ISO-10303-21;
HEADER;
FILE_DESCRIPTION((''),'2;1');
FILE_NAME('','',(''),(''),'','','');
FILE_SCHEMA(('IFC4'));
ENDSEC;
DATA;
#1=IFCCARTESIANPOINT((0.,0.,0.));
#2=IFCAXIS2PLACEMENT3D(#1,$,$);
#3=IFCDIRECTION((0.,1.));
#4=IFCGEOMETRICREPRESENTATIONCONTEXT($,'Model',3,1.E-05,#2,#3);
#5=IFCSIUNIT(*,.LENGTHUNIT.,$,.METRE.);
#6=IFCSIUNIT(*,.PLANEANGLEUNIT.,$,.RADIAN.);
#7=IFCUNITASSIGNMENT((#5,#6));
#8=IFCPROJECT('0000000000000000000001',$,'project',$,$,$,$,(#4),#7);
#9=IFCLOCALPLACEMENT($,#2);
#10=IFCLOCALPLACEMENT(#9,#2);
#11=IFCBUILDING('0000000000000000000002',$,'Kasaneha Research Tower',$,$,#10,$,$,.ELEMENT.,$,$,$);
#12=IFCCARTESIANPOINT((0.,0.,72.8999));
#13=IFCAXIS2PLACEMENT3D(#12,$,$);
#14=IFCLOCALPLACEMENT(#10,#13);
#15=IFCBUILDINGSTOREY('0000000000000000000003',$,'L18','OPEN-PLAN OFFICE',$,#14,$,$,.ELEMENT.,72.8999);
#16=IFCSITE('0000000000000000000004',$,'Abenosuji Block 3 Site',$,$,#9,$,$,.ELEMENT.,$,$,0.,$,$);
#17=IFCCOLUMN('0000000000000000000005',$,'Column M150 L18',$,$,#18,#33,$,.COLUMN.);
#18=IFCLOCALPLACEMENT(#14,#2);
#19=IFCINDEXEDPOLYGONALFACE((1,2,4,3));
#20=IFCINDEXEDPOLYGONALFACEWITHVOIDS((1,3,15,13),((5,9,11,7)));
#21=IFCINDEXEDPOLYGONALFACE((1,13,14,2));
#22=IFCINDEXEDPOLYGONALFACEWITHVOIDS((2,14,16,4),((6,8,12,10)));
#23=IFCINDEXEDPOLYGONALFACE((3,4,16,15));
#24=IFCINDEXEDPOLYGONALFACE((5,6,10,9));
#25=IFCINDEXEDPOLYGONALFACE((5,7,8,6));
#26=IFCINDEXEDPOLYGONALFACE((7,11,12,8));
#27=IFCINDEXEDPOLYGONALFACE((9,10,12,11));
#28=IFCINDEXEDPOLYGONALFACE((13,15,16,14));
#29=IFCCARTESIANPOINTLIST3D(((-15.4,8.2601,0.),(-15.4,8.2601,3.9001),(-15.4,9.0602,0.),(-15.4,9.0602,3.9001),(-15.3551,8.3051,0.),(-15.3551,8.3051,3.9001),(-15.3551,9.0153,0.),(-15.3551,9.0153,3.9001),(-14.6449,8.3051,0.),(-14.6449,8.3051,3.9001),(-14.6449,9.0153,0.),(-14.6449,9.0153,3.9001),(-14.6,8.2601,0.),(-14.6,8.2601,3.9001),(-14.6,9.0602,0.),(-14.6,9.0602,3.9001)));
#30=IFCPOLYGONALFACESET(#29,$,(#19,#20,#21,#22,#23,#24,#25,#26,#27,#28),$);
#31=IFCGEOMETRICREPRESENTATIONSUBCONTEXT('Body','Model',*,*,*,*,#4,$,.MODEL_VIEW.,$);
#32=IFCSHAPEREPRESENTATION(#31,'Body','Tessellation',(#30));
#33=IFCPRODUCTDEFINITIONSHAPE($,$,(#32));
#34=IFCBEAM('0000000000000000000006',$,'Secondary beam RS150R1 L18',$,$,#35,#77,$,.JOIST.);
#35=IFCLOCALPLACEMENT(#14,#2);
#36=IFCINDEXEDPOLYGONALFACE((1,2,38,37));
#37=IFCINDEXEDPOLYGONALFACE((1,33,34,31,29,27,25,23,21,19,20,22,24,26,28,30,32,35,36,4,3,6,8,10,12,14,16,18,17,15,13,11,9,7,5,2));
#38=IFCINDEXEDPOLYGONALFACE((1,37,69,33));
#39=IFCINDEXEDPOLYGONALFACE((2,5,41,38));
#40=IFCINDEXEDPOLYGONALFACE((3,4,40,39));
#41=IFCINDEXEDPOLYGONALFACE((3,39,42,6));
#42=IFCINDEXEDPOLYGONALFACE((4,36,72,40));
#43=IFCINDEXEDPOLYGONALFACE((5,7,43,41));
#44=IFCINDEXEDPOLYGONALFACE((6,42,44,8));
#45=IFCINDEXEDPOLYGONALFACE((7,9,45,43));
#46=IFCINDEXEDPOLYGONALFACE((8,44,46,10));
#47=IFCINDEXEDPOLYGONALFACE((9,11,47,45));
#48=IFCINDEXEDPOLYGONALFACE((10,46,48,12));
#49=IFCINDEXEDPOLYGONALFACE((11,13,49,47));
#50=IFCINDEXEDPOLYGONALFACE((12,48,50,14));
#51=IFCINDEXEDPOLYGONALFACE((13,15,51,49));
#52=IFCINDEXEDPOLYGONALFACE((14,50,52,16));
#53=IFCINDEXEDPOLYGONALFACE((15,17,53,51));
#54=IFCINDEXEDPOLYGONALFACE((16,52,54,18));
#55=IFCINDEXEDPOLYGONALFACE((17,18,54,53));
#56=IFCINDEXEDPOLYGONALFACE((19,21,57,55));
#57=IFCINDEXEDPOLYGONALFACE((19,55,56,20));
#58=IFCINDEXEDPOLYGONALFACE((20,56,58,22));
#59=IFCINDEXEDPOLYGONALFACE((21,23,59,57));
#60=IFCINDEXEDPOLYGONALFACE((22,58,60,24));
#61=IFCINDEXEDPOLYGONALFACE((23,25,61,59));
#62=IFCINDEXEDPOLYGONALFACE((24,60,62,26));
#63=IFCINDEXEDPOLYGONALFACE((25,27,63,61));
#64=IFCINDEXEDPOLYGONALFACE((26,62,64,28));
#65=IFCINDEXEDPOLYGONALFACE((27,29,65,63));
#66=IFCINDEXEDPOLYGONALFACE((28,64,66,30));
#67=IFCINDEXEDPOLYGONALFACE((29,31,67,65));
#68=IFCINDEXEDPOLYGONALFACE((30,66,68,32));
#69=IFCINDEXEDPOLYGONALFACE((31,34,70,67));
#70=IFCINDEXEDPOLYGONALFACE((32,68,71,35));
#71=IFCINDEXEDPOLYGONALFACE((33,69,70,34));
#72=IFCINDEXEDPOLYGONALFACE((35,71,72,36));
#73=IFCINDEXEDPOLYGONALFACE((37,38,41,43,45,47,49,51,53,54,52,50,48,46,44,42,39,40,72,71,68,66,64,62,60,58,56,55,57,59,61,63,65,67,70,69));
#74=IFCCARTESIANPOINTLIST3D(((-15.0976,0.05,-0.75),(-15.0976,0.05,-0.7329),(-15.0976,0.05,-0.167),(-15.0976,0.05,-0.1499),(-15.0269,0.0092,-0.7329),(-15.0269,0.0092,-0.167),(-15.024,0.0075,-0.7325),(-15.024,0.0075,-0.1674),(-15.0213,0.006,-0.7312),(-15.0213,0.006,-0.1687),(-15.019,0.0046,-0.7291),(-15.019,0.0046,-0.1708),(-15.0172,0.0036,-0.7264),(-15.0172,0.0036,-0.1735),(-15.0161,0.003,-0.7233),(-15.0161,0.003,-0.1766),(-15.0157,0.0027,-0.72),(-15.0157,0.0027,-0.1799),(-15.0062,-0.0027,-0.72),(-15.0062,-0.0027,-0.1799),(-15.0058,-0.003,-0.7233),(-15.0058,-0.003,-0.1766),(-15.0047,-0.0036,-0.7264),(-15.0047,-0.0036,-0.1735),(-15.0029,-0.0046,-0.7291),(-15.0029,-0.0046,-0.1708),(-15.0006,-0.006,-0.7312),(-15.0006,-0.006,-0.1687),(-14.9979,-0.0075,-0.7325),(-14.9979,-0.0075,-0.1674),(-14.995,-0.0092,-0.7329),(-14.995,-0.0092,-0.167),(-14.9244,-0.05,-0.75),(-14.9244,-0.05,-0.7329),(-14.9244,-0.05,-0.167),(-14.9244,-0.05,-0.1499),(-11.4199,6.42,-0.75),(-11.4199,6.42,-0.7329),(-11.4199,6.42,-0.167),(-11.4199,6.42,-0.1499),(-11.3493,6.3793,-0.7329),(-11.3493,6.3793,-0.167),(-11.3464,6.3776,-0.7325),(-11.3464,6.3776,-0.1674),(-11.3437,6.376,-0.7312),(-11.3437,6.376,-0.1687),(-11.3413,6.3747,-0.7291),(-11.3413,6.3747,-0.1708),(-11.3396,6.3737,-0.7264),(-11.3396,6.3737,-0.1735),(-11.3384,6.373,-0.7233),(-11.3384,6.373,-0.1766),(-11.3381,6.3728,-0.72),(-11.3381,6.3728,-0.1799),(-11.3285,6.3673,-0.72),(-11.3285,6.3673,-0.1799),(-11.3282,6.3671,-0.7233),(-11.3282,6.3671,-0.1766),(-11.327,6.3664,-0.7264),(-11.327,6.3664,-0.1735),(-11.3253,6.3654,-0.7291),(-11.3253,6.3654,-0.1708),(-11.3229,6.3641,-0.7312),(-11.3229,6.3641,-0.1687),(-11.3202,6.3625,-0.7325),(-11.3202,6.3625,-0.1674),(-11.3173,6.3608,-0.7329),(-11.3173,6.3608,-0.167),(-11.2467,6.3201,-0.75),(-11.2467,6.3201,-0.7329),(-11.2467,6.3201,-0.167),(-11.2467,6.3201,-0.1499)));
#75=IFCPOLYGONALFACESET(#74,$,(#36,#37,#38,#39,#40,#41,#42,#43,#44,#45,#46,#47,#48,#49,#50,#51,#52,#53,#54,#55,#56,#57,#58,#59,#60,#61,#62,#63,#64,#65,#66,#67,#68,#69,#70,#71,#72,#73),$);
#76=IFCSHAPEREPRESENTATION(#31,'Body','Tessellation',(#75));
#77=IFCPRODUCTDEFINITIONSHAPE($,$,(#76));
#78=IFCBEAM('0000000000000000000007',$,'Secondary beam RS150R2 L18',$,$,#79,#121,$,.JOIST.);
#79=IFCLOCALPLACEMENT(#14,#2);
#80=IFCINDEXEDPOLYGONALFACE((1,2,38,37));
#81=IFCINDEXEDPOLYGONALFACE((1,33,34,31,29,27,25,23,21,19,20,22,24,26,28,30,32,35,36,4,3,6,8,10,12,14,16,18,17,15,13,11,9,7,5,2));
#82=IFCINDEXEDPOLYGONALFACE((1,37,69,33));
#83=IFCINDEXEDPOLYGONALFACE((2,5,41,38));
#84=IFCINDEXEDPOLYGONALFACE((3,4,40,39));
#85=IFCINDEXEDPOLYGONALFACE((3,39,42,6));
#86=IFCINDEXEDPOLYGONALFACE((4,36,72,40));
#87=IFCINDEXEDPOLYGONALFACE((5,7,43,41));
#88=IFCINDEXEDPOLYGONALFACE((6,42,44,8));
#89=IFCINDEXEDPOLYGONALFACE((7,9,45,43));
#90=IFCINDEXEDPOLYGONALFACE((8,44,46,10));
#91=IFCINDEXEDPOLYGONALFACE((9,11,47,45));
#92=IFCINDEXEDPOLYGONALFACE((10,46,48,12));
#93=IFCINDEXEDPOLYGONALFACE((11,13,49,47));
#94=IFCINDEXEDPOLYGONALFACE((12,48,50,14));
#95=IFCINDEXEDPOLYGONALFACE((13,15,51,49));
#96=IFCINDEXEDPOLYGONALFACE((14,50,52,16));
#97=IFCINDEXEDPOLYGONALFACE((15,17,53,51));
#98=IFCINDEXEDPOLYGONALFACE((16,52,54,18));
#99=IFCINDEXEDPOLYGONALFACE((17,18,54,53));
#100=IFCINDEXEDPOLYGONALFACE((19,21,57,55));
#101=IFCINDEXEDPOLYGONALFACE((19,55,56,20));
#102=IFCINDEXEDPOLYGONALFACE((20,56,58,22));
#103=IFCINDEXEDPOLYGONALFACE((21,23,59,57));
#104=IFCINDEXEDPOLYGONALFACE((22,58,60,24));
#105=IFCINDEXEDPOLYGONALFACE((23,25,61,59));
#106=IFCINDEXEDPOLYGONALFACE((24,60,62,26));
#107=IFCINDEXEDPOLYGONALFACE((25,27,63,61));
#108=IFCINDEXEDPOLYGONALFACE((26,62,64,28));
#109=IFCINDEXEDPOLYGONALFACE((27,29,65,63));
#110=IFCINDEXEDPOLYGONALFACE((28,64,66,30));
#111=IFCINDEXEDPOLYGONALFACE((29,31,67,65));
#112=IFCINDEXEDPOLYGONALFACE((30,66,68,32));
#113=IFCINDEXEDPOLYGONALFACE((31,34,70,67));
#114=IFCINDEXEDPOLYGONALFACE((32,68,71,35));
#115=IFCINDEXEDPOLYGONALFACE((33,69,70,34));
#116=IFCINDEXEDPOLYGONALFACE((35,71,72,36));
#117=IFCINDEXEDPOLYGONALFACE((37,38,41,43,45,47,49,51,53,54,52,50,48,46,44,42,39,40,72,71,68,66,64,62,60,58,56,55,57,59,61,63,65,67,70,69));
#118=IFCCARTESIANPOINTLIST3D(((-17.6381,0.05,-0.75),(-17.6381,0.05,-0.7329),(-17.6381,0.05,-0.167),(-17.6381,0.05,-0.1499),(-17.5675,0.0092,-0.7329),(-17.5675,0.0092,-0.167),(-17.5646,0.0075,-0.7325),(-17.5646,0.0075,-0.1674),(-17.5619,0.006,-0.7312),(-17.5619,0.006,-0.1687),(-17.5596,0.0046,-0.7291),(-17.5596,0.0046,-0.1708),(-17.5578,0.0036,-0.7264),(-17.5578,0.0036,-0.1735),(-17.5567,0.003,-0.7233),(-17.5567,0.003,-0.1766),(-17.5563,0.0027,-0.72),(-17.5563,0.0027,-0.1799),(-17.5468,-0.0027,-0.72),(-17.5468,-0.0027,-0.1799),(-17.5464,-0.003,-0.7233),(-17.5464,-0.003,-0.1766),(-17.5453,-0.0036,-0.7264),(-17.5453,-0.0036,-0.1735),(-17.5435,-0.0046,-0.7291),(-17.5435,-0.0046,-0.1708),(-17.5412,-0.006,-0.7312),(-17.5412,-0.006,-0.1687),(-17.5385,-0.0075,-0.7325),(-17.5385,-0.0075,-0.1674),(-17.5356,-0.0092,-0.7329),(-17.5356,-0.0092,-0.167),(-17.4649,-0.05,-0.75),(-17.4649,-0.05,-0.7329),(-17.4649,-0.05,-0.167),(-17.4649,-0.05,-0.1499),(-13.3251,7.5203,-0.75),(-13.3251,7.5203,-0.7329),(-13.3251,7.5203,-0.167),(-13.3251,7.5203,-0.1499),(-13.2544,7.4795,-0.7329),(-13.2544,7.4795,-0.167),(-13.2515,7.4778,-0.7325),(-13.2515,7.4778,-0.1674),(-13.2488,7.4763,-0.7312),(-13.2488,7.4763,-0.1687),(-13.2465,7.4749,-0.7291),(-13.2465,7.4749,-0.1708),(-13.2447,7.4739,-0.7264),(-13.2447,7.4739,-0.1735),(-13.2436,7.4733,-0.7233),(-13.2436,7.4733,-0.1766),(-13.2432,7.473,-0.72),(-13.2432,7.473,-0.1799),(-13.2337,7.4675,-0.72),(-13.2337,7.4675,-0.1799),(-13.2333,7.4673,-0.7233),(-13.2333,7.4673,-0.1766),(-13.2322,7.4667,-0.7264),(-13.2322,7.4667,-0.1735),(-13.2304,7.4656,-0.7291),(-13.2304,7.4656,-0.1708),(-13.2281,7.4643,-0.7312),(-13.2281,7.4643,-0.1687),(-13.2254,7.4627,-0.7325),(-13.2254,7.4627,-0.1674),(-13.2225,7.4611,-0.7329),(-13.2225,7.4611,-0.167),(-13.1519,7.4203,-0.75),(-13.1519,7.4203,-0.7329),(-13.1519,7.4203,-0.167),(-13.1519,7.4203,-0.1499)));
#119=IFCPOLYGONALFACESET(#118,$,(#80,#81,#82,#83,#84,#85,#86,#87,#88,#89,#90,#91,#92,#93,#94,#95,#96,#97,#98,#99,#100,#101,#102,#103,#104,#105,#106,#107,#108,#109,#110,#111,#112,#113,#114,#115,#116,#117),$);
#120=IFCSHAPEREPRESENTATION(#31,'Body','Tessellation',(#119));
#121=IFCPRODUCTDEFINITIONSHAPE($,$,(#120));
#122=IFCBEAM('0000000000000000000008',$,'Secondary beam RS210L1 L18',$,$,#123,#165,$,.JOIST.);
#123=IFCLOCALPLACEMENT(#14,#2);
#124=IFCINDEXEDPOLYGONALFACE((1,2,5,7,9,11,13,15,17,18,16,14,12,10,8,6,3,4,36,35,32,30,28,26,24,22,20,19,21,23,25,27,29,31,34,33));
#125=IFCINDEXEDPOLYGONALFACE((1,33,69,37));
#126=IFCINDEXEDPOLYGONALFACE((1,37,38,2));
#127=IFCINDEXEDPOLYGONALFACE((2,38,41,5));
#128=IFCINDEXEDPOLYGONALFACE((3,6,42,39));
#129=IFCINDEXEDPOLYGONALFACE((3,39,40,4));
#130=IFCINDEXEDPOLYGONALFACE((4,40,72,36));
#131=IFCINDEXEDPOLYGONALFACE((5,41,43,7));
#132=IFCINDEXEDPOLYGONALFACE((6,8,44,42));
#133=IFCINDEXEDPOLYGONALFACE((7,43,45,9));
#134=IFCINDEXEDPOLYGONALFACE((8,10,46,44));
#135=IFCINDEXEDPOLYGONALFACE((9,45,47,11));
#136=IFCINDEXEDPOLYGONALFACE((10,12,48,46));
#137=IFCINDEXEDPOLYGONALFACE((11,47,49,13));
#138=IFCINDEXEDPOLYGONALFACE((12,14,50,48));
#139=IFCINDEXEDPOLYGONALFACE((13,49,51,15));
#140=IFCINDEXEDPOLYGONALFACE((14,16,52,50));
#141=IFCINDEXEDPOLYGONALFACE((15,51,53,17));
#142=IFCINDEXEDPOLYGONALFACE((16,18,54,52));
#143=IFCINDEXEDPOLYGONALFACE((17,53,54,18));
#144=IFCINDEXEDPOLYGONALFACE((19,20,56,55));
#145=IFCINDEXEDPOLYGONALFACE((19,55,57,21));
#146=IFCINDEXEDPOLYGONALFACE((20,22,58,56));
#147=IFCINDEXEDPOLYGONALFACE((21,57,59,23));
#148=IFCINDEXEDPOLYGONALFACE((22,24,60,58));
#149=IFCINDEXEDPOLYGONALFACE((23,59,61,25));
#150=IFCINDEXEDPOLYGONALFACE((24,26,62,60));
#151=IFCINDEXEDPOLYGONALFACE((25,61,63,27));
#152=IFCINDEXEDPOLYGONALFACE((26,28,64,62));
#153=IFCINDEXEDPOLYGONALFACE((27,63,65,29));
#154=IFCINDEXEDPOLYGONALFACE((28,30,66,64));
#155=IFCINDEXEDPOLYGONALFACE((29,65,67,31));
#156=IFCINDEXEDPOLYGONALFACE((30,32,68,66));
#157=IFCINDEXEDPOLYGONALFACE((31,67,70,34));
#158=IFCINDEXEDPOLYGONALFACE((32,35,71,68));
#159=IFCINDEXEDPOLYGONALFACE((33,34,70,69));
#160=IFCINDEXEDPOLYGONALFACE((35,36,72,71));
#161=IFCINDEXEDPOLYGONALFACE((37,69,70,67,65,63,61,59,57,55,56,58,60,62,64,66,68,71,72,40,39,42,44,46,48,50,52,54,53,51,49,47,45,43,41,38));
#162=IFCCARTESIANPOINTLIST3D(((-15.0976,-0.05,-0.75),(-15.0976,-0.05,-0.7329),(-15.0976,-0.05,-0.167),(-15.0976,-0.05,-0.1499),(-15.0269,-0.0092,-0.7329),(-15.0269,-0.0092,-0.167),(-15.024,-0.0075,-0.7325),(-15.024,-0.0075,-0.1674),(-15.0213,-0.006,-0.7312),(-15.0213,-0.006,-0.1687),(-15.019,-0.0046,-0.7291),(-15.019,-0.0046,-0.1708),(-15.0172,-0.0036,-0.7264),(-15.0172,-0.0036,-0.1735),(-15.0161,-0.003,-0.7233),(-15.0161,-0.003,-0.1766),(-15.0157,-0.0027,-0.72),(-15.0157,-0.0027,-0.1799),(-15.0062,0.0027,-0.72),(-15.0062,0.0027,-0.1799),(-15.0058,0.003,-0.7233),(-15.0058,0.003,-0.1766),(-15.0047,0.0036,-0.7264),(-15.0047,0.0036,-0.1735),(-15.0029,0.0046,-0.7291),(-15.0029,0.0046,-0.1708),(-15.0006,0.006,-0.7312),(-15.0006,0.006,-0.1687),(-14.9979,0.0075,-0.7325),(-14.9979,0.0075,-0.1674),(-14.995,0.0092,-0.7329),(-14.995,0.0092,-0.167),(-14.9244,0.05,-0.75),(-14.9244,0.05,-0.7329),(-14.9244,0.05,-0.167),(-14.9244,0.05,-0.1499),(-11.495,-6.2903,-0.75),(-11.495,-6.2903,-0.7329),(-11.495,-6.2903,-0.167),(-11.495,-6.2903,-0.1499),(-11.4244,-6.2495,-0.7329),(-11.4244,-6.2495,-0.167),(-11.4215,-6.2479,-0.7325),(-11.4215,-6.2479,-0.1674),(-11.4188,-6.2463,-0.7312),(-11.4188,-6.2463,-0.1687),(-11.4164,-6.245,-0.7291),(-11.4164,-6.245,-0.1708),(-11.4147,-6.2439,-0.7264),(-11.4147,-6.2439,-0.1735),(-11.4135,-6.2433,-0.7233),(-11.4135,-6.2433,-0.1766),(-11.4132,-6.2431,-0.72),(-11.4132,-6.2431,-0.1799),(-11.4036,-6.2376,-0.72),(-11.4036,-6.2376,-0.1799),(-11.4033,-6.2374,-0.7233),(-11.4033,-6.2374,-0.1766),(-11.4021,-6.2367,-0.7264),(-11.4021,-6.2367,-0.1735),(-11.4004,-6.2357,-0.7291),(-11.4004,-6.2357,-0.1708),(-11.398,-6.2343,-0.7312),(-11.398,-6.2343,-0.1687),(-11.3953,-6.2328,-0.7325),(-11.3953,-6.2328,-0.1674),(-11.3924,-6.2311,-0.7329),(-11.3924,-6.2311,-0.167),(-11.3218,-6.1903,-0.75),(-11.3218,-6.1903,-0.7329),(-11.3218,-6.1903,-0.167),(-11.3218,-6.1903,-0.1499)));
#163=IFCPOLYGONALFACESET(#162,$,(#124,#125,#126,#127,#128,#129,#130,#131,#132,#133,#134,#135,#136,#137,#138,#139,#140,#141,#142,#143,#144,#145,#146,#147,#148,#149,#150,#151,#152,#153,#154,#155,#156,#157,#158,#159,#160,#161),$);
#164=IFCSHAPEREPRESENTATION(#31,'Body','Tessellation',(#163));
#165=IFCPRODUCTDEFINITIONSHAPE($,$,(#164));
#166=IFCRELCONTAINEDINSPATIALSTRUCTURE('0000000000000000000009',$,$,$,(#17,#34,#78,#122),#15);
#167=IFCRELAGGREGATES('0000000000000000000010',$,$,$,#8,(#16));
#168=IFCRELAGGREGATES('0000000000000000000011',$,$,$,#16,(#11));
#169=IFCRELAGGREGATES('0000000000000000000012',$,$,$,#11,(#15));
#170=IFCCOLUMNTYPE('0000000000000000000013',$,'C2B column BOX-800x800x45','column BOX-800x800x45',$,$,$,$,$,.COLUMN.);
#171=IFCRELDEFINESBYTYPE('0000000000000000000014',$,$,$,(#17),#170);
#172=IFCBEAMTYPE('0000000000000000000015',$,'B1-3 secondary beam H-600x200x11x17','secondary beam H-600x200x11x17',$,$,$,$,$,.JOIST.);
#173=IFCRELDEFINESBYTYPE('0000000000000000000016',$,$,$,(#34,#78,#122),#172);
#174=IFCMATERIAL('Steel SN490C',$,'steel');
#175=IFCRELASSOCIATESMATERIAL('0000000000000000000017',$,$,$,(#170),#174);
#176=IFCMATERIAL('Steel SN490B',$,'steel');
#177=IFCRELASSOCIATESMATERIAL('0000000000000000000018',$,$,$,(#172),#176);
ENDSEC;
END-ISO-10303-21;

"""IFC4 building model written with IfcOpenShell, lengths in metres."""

from ifc_helpers import new_model, si_unit, direction, frame, origin, origin_2d, place, context, subcontext, project, spatial, hollow_rectangle, i_section, extrude, material, material_profile, profile_set, type_object, element, save


model = new_model("IFC4")

# Units and contexts
model_context = context("Model", 3, precision=1e-05, world=origin(), true_north=direction((0.0, 1.0)))
body_context = subcontext(model_context, "Body", "Model", "MODEL_VIEW")
ifc_project = project(units=[si_unit("LENGTHUNIT", "METRE"), si_unit("PLANEANGLEUNIT", "RADIAN")], contexts=[model_context])

# Site, building, storey
site_placement = place(None, origin())
site = spatial("IfcSite", under=ifc_project, at=site_placement, Name="Abenosuji Block 3 Site", CompositionType="ELEMENT", RefElevation=0.0)
building_placement = place(site_placement, origin())
building = spatial("IfcBuilding", under=site, at=building_placement, Name="Kasaneha Research Tower", CompositionType="ELEMENT")
storey_placement = place(building_placement, frame((0.0, 0.0, 72.8999)))
storey = spatial("IfcBuildingStorey", under=building, at=storey_placement, Name="L18", Description="OPEN-PLAN OFFICE", CompositionType="ELEMENT", Elevation=72.8999)

# Column
ifc_material_1 = material(Name="Steel SN490C", Category="steel")
ifc_material_profile_1 = material_profile(ifc_material_1, hollow_rectangle(XDim=0.8, YDim=0.8, WallThickness=0.0449, at=origin_2d()), Name="BOX-800x800x45")
ifc_profile_set_1 = profile_set([ifc_material_profile_1], Name="Steel SN490C")
column_type = type_object("IfcColumnType", Name="C2B column BOX-800x800x45", Description="column BOX-800x800x45", PredefinedType="COLUMN", material=ifc_profile_set_1)
column_placement = place(storey_placement, frame((-15.0, 8.6602, 0.0), z_axis=(0.0, 0.0, 1.0), x_axis=(1.0, 0.0, 0.0)))
element("IfcColumn", 1, at=column_placement, inside=storey, type_object=column_type, Name="Column M150 L18", PredefinedType="COLUMN", context=body_context, shape_type="SweptSolid", body=[
    extrude(hollow_rectangle(XDim=0.8, YDim=0.8, WallThickness=0.0449, at=origin_2d()), origin(), (0.0, 0.0, 1.0), 3.9001),
])

# Beams
ifc_material_2 = material(Name="Steel SN490B", Category="steel")
ifc_material_profile_2 = material_profile(ifc_material_2, i_section(OverallWidth=0.2, OverallDepth=0.6001, WebThickness=0.011, FlangeThickness=0.0171, FilletRadius=0.0129, at=origin_2d()), Name="H-600x200x11x17")
ifc_profile_set_2 = profile_set([ifc_material_profile_2], Name="Steel SN490B")
beam_type_1 = type_object("IfcBeamType", Name="B1-3 secondary beam H-600x200x11x17", Description="secondary beam H-600x200x11x17", PredefinedType="JOIST", material=ifc_profile_set_2)
beam_1_placement = place(storey_placement, frame((-15.011, 0.0, -0.45), z_axis=(0.499994, 0.866029, 0.0), x_axis=(-0.866029, 0.499994, 0.0)))
element("IfcBeam", 2, at=beam_1_placement, inside=storey, type_object=beam_type_1, Name="Secondary beam RS150R1 L18", PredefinedType="JOIST", context=body_context, shape_type="SweptSolid", body=[
    extrude(i_section(OverallWidth=0.2, OverallDepth=0.6001, WebThickness=0.011, FlangeThickness=0.0171, FilletRadius=0.0129, at=origin_2d()), origin(), (0.0, 0.0, 1.0), 7.3555),
])
beam_2_placement = place(storey_placement, frame((-17.5515, 0.0, -0.45), z_axis=(0.500005, 0.866023, 0.0), x_axis=(-0.866023, 0.500005, 0.0)))
element("IfcBeam", 3, at=beam_2_placement, inside=storey, type_object=beam_type_1, Name="Secondary beam RS150R2 L18", PredefinedType="JOIST", context=body_context, shape_type="SweptSolid", body=[
    extrude(i_section(OverallWidth=0.2, OverallDepth=0.6001, WebThickness=0.011, FlangeThickness=0.0171, FilletRadius=0.0129, at=origin_2d()), origin(), (0.0, 0.0, 1.0), 8.626),
])
beam_3_placement = place(storey_placement, frame((-15.011, 0.0, -0.45), z_axis=(0.499973, -0.866041, 0.0), x_axis=(0.866041, 0.499973, 0.0)))
element("IfcBeam", 4, at=beam_3_placement, inside=storey, type_object=beam_type_1, Name="Secondary beam RS210L1 L18", PredefinedType="JOIST", context=body_context, shape_type="SweptSolid", body=[
    extrude(i_section(OverallWidth=0.2, OverallDepth=0.6001, WebThickness=0.011, FlangeThickness=0.0171, FilletRadius=0.0129, at=origin_2d()), origin(), (0.0, 0.0, 1.0), 7.2056),
])

save(model, "model.ifc")
